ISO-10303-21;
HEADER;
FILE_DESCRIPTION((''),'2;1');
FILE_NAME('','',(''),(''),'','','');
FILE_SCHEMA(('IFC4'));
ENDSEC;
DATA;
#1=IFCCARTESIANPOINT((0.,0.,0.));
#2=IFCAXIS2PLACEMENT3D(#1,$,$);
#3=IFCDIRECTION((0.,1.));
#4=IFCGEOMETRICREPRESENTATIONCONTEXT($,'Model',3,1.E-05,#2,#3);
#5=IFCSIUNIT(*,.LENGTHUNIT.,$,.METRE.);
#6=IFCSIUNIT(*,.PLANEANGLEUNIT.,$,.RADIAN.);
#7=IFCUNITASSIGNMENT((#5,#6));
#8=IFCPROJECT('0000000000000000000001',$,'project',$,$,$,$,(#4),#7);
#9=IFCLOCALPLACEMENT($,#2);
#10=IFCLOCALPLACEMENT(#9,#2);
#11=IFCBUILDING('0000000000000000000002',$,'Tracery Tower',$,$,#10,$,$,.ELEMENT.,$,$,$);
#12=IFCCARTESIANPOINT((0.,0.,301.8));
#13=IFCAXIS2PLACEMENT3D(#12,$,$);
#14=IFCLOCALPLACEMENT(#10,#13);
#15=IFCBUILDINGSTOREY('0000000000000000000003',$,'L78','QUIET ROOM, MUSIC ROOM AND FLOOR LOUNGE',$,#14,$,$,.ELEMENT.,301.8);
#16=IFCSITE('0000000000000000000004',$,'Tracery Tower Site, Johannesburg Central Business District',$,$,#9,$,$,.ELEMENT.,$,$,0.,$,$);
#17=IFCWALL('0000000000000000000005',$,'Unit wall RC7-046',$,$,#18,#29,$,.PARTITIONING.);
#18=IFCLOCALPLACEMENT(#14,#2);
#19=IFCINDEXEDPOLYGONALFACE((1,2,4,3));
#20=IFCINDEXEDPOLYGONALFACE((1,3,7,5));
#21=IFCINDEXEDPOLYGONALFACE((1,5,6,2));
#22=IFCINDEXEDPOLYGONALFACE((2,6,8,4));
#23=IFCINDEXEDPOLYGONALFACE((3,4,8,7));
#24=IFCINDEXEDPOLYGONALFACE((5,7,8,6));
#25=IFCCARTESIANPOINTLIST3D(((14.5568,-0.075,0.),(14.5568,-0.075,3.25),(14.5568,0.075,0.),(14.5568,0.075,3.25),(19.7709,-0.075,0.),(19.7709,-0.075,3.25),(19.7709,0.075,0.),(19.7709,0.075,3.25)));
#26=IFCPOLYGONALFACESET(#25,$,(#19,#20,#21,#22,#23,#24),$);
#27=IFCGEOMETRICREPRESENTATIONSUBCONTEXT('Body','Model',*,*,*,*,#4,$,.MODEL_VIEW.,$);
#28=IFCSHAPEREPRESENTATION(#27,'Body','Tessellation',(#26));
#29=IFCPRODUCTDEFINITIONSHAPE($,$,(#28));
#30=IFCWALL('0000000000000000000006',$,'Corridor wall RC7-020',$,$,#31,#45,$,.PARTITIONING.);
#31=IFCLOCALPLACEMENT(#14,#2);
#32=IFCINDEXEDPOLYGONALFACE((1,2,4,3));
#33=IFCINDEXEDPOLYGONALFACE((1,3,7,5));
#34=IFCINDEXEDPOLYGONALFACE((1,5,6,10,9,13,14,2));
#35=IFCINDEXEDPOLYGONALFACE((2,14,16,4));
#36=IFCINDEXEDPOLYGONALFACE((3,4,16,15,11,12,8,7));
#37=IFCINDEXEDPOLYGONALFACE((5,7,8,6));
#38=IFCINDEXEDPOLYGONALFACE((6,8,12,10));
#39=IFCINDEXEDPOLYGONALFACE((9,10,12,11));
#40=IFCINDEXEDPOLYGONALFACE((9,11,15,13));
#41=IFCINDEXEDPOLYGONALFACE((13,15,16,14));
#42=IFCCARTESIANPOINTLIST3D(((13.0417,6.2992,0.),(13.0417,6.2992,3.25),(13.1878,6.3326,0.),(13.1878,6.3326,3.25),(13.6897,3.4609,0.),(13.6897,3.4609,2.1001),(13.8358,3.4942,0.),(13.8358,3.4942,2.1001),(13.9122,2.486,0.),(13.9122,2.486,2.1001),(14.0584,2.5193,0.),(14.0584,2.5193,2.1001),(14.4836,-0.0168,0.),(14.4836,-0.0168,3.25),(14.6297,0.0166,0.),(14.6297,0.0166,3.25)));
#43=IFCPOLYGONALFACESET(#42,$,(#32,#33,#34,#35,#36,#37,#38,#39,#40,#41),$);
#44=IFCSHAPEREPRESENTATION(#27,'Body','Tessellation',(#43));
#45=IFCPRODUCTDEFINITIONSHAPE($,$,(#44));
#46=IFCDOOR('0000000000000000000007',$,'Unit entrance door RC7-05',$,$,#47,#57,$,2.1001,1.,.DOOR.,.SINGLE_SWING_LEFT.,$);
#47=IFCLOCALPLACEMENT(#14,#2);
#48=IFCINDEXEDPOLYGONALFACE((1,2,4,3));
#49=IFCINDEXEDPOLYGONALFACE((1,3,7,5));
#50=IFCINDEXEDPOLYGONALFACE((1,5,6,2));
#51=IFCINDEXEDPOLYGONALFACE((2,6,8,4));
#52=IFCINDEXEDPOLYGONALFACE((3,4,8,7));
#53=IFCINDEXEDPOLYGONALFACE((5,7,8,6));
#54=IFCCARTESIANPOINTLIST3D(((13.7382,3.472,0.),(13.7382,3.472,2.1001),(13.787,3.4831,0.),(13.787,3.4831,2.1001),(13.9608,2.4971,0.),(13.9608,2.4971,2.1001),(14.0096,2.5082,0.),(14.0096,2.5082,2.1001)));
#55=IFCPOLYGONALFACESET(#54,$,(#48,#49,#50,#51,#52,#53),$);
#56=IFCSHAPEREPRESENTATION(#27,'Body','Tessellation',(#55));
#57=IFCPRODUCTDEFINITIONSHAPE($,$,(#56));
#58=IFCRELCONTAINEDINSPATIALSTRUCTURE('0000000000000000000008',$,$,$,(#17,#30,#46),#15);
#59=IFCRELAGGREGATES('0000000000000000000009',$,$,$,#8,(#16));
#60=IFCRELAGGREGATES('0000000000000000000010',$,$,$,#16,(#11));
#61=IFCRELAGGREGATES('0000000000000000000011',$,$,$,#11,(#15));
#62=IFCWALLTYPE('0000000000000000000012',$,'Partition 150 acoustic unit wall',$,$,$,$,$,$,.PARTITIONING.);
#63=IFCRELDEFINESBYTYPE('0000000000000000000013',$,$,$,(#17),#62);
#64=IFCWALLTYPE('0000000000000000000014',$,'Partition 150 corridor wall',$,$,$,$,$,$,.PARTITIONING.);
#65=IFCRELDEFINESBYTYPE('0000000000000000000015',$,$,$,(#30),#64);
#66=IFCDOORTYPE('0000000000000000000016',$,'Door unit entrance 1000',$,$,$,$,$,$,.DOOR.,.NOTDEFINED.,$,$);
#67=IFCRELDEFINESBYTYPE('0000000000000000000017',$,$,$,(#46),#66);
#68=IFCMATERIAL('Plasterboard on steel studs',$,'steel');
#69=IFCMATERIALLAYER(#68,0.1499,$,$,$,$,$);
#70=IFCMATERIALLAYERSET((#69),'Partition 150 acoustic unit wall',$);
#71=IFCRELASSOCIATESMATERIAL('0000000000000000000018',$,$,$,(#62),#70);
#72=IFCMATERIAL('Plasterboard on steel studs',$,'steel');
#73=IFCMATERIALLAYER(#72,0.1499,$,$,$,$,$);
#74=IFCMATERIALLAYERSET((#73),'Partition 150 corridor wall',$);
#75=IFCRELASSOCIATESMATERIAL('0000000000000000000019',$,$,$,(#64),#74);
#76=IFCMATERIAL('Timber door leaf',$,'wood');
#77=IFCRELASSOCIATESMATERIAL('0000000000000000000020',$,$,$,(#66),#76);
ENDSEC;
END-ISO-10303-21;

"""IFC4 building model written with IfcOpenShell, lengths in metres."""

from ifc_helpers import new_model, si_unit, direction, frame, frame_2d, origin, place, context, subcontext, project, spatial, rectangle, extrude, material, layer, layer_set, type_object, element, fill, save


model = new_model("IFC4")

# Units and contexts
model_context = context("Model", 3, precision=1e-05, world=origin(), true_north=direction((0.0, 1.0)))
body_context = subcontext(model_context, "Body", "Model", "MODEL_VIEW")
ifc_project = project(units=[si_unit("LENGTHUNIT", "METRE"), si_unit("PLANEANGLEUNIT", "RADIAN")], contexts=[model_context])

# Site, building, storey
site_placement = place(None, origin())
site = spatial("IfcSite", under=ifc_project, at=site_placement, Name="Tracery Tower Site, Johannesburg Central Business District", CompositionType="ELEMENT", RefElevation=0.0)
building_placement = place(site_placement, origin())
building = spatial("IfcBuilding", under=site, at=building_placement, Name="Tracery Tower", CompositionType="ELEMENT")
storey_placement = place(building_placement, frame((0.0, 0.0, 301.8)))
storey = spatial("IfcBuildingStorey", under=building, at=storey_placement, Name="L78", Description="QUIET ROOM, MUSIC ROOM AND FLOOR LOUNGE", CompositionType="ELEMENT", Elevation=301.8)

# Wall
ifc_material_1 = material(Name="Plasterboard on steel studs", Category="steel")
ifc_layer_1 = layer(ifc_material_1, 0.1499)
ifc_layer_set_1 = layer_set([ifc_layer_1], Name="Partition 150 acoustic unit wall")
wall_type_1 = type_object("IfcWallType", Name="Partition 150 acoustic unit wall", PredefinedType="PARTITIONING", material=ifc_layer_set_1)
wall_1_placement = place(storey_placement, frame((14.5569, 0.0, 0.0), z_axis=(0.0, 0.0, 1.0), x_axis=(1.0, 0.0, 0.0)))
element("IfcWall", 1, at=wall_1_placement, inside=storey, type_object=wall_type_1, Name="Unit wall RC7-046", PredefinedType="PARTITIONING", context=body_context, shape_type="SweptSolid", body=[
    extrude(rectangle(XDim=5.2141, YDim=0.1499, at=frame_2d((2.6069, 0.0))), origin(), (0.0, 0.0, 1.0), 3.25),
])

# Wall, opening, door
ifc_material_2 = material(Name="Plasterboard on steel studs", Category="steel")
ifc_layer_2 = layer(ifc_material_2, 0.1499)
ifc_layer_set_2 = layer_set([ifc_layer_2], Name="Partition 150 corridor wall")
wall_type_2 = type_object("IfcWallType", Name="Partition 150 corridor wall", PredefinedType="PARTITIONING", material=ifc_layer_set_2)
wall_2_placement = place(storey_placement, frame((13.1147, 6.3159, 0.0), z_axis=(0.0, 0.0, 1.0), x_axis=(0.222569, -0.974917, 0.0)))
wall_2 = element("IfcWall", 2, at=wall_2_placement, inside=storey, type_object=wall_type_2, Name="Corridor wall RC7-020", PredefinedType="PARTITIONING", context=body_context, shape_type="SweptSolid", body=[
    extrude(rectangle(XDim=6.4785, YDim=0.1499, at=frame_2d((3.2393, 0.0))), origin(), (0.0, 0.0, 1.0), 3.25),
])
opening_1_placement = place(wall_2_placement, frame((2.9114, 0.0, 0.0)))
opening_1 = element("IfcOpeningElement", 3, at=opening_1_placement, cuts=wall_2, PredefinedType="OPENING", context=body_context, shape_type="SweptSolid", body=[
    extrude(rectangle(XDim=1.0, YDim=2.1001, at=frame_2d((0.5, 1.05))), frame((0.0, 0.075, 0.0), z_axis=(0.0, -1.0, 0.0), x_axis=(1.0, 0.0, 0.0)), (0.0, 0.0, 1.0), 0.1499),
])
ifc_material_3 = material(Name="Timber door leaf", Category="wood")
door_type_1 = type_object("IfcDoorType", Name="Door unit entrance 1000", OperationType="NOTDEFINED", PredefinedType="DOOR", material=ifc_material_3)
door_1_placement = place(opening_1_placement, origin())
door_1 = element("IfcDoor", 4, at=door_1_placement, inside=storey, type_object=door_type_1, Name="Unit entrance door RC7-05", OperationType="SINGLE_SWING_LEFT", OverallHeight=2.1001, OverallWidth=1.0, PredefinedType="DOOR", context=body_context, shape_type="SweptSolid", body=[
    extrude(rectangle(XDim=1.0, YDim=2.1001, at=frame_2d((0.5, 1.05))), frame((0.0, 0.0249, 0.0), z_axis=(0.0, -1.0, 0.0), x_axis=(1.0, 0.0, 0.0)), (0.0, 0.0, 1.0), 0.05),
])
fill(opening_1, door_1)

save(model, "model.ifc")
